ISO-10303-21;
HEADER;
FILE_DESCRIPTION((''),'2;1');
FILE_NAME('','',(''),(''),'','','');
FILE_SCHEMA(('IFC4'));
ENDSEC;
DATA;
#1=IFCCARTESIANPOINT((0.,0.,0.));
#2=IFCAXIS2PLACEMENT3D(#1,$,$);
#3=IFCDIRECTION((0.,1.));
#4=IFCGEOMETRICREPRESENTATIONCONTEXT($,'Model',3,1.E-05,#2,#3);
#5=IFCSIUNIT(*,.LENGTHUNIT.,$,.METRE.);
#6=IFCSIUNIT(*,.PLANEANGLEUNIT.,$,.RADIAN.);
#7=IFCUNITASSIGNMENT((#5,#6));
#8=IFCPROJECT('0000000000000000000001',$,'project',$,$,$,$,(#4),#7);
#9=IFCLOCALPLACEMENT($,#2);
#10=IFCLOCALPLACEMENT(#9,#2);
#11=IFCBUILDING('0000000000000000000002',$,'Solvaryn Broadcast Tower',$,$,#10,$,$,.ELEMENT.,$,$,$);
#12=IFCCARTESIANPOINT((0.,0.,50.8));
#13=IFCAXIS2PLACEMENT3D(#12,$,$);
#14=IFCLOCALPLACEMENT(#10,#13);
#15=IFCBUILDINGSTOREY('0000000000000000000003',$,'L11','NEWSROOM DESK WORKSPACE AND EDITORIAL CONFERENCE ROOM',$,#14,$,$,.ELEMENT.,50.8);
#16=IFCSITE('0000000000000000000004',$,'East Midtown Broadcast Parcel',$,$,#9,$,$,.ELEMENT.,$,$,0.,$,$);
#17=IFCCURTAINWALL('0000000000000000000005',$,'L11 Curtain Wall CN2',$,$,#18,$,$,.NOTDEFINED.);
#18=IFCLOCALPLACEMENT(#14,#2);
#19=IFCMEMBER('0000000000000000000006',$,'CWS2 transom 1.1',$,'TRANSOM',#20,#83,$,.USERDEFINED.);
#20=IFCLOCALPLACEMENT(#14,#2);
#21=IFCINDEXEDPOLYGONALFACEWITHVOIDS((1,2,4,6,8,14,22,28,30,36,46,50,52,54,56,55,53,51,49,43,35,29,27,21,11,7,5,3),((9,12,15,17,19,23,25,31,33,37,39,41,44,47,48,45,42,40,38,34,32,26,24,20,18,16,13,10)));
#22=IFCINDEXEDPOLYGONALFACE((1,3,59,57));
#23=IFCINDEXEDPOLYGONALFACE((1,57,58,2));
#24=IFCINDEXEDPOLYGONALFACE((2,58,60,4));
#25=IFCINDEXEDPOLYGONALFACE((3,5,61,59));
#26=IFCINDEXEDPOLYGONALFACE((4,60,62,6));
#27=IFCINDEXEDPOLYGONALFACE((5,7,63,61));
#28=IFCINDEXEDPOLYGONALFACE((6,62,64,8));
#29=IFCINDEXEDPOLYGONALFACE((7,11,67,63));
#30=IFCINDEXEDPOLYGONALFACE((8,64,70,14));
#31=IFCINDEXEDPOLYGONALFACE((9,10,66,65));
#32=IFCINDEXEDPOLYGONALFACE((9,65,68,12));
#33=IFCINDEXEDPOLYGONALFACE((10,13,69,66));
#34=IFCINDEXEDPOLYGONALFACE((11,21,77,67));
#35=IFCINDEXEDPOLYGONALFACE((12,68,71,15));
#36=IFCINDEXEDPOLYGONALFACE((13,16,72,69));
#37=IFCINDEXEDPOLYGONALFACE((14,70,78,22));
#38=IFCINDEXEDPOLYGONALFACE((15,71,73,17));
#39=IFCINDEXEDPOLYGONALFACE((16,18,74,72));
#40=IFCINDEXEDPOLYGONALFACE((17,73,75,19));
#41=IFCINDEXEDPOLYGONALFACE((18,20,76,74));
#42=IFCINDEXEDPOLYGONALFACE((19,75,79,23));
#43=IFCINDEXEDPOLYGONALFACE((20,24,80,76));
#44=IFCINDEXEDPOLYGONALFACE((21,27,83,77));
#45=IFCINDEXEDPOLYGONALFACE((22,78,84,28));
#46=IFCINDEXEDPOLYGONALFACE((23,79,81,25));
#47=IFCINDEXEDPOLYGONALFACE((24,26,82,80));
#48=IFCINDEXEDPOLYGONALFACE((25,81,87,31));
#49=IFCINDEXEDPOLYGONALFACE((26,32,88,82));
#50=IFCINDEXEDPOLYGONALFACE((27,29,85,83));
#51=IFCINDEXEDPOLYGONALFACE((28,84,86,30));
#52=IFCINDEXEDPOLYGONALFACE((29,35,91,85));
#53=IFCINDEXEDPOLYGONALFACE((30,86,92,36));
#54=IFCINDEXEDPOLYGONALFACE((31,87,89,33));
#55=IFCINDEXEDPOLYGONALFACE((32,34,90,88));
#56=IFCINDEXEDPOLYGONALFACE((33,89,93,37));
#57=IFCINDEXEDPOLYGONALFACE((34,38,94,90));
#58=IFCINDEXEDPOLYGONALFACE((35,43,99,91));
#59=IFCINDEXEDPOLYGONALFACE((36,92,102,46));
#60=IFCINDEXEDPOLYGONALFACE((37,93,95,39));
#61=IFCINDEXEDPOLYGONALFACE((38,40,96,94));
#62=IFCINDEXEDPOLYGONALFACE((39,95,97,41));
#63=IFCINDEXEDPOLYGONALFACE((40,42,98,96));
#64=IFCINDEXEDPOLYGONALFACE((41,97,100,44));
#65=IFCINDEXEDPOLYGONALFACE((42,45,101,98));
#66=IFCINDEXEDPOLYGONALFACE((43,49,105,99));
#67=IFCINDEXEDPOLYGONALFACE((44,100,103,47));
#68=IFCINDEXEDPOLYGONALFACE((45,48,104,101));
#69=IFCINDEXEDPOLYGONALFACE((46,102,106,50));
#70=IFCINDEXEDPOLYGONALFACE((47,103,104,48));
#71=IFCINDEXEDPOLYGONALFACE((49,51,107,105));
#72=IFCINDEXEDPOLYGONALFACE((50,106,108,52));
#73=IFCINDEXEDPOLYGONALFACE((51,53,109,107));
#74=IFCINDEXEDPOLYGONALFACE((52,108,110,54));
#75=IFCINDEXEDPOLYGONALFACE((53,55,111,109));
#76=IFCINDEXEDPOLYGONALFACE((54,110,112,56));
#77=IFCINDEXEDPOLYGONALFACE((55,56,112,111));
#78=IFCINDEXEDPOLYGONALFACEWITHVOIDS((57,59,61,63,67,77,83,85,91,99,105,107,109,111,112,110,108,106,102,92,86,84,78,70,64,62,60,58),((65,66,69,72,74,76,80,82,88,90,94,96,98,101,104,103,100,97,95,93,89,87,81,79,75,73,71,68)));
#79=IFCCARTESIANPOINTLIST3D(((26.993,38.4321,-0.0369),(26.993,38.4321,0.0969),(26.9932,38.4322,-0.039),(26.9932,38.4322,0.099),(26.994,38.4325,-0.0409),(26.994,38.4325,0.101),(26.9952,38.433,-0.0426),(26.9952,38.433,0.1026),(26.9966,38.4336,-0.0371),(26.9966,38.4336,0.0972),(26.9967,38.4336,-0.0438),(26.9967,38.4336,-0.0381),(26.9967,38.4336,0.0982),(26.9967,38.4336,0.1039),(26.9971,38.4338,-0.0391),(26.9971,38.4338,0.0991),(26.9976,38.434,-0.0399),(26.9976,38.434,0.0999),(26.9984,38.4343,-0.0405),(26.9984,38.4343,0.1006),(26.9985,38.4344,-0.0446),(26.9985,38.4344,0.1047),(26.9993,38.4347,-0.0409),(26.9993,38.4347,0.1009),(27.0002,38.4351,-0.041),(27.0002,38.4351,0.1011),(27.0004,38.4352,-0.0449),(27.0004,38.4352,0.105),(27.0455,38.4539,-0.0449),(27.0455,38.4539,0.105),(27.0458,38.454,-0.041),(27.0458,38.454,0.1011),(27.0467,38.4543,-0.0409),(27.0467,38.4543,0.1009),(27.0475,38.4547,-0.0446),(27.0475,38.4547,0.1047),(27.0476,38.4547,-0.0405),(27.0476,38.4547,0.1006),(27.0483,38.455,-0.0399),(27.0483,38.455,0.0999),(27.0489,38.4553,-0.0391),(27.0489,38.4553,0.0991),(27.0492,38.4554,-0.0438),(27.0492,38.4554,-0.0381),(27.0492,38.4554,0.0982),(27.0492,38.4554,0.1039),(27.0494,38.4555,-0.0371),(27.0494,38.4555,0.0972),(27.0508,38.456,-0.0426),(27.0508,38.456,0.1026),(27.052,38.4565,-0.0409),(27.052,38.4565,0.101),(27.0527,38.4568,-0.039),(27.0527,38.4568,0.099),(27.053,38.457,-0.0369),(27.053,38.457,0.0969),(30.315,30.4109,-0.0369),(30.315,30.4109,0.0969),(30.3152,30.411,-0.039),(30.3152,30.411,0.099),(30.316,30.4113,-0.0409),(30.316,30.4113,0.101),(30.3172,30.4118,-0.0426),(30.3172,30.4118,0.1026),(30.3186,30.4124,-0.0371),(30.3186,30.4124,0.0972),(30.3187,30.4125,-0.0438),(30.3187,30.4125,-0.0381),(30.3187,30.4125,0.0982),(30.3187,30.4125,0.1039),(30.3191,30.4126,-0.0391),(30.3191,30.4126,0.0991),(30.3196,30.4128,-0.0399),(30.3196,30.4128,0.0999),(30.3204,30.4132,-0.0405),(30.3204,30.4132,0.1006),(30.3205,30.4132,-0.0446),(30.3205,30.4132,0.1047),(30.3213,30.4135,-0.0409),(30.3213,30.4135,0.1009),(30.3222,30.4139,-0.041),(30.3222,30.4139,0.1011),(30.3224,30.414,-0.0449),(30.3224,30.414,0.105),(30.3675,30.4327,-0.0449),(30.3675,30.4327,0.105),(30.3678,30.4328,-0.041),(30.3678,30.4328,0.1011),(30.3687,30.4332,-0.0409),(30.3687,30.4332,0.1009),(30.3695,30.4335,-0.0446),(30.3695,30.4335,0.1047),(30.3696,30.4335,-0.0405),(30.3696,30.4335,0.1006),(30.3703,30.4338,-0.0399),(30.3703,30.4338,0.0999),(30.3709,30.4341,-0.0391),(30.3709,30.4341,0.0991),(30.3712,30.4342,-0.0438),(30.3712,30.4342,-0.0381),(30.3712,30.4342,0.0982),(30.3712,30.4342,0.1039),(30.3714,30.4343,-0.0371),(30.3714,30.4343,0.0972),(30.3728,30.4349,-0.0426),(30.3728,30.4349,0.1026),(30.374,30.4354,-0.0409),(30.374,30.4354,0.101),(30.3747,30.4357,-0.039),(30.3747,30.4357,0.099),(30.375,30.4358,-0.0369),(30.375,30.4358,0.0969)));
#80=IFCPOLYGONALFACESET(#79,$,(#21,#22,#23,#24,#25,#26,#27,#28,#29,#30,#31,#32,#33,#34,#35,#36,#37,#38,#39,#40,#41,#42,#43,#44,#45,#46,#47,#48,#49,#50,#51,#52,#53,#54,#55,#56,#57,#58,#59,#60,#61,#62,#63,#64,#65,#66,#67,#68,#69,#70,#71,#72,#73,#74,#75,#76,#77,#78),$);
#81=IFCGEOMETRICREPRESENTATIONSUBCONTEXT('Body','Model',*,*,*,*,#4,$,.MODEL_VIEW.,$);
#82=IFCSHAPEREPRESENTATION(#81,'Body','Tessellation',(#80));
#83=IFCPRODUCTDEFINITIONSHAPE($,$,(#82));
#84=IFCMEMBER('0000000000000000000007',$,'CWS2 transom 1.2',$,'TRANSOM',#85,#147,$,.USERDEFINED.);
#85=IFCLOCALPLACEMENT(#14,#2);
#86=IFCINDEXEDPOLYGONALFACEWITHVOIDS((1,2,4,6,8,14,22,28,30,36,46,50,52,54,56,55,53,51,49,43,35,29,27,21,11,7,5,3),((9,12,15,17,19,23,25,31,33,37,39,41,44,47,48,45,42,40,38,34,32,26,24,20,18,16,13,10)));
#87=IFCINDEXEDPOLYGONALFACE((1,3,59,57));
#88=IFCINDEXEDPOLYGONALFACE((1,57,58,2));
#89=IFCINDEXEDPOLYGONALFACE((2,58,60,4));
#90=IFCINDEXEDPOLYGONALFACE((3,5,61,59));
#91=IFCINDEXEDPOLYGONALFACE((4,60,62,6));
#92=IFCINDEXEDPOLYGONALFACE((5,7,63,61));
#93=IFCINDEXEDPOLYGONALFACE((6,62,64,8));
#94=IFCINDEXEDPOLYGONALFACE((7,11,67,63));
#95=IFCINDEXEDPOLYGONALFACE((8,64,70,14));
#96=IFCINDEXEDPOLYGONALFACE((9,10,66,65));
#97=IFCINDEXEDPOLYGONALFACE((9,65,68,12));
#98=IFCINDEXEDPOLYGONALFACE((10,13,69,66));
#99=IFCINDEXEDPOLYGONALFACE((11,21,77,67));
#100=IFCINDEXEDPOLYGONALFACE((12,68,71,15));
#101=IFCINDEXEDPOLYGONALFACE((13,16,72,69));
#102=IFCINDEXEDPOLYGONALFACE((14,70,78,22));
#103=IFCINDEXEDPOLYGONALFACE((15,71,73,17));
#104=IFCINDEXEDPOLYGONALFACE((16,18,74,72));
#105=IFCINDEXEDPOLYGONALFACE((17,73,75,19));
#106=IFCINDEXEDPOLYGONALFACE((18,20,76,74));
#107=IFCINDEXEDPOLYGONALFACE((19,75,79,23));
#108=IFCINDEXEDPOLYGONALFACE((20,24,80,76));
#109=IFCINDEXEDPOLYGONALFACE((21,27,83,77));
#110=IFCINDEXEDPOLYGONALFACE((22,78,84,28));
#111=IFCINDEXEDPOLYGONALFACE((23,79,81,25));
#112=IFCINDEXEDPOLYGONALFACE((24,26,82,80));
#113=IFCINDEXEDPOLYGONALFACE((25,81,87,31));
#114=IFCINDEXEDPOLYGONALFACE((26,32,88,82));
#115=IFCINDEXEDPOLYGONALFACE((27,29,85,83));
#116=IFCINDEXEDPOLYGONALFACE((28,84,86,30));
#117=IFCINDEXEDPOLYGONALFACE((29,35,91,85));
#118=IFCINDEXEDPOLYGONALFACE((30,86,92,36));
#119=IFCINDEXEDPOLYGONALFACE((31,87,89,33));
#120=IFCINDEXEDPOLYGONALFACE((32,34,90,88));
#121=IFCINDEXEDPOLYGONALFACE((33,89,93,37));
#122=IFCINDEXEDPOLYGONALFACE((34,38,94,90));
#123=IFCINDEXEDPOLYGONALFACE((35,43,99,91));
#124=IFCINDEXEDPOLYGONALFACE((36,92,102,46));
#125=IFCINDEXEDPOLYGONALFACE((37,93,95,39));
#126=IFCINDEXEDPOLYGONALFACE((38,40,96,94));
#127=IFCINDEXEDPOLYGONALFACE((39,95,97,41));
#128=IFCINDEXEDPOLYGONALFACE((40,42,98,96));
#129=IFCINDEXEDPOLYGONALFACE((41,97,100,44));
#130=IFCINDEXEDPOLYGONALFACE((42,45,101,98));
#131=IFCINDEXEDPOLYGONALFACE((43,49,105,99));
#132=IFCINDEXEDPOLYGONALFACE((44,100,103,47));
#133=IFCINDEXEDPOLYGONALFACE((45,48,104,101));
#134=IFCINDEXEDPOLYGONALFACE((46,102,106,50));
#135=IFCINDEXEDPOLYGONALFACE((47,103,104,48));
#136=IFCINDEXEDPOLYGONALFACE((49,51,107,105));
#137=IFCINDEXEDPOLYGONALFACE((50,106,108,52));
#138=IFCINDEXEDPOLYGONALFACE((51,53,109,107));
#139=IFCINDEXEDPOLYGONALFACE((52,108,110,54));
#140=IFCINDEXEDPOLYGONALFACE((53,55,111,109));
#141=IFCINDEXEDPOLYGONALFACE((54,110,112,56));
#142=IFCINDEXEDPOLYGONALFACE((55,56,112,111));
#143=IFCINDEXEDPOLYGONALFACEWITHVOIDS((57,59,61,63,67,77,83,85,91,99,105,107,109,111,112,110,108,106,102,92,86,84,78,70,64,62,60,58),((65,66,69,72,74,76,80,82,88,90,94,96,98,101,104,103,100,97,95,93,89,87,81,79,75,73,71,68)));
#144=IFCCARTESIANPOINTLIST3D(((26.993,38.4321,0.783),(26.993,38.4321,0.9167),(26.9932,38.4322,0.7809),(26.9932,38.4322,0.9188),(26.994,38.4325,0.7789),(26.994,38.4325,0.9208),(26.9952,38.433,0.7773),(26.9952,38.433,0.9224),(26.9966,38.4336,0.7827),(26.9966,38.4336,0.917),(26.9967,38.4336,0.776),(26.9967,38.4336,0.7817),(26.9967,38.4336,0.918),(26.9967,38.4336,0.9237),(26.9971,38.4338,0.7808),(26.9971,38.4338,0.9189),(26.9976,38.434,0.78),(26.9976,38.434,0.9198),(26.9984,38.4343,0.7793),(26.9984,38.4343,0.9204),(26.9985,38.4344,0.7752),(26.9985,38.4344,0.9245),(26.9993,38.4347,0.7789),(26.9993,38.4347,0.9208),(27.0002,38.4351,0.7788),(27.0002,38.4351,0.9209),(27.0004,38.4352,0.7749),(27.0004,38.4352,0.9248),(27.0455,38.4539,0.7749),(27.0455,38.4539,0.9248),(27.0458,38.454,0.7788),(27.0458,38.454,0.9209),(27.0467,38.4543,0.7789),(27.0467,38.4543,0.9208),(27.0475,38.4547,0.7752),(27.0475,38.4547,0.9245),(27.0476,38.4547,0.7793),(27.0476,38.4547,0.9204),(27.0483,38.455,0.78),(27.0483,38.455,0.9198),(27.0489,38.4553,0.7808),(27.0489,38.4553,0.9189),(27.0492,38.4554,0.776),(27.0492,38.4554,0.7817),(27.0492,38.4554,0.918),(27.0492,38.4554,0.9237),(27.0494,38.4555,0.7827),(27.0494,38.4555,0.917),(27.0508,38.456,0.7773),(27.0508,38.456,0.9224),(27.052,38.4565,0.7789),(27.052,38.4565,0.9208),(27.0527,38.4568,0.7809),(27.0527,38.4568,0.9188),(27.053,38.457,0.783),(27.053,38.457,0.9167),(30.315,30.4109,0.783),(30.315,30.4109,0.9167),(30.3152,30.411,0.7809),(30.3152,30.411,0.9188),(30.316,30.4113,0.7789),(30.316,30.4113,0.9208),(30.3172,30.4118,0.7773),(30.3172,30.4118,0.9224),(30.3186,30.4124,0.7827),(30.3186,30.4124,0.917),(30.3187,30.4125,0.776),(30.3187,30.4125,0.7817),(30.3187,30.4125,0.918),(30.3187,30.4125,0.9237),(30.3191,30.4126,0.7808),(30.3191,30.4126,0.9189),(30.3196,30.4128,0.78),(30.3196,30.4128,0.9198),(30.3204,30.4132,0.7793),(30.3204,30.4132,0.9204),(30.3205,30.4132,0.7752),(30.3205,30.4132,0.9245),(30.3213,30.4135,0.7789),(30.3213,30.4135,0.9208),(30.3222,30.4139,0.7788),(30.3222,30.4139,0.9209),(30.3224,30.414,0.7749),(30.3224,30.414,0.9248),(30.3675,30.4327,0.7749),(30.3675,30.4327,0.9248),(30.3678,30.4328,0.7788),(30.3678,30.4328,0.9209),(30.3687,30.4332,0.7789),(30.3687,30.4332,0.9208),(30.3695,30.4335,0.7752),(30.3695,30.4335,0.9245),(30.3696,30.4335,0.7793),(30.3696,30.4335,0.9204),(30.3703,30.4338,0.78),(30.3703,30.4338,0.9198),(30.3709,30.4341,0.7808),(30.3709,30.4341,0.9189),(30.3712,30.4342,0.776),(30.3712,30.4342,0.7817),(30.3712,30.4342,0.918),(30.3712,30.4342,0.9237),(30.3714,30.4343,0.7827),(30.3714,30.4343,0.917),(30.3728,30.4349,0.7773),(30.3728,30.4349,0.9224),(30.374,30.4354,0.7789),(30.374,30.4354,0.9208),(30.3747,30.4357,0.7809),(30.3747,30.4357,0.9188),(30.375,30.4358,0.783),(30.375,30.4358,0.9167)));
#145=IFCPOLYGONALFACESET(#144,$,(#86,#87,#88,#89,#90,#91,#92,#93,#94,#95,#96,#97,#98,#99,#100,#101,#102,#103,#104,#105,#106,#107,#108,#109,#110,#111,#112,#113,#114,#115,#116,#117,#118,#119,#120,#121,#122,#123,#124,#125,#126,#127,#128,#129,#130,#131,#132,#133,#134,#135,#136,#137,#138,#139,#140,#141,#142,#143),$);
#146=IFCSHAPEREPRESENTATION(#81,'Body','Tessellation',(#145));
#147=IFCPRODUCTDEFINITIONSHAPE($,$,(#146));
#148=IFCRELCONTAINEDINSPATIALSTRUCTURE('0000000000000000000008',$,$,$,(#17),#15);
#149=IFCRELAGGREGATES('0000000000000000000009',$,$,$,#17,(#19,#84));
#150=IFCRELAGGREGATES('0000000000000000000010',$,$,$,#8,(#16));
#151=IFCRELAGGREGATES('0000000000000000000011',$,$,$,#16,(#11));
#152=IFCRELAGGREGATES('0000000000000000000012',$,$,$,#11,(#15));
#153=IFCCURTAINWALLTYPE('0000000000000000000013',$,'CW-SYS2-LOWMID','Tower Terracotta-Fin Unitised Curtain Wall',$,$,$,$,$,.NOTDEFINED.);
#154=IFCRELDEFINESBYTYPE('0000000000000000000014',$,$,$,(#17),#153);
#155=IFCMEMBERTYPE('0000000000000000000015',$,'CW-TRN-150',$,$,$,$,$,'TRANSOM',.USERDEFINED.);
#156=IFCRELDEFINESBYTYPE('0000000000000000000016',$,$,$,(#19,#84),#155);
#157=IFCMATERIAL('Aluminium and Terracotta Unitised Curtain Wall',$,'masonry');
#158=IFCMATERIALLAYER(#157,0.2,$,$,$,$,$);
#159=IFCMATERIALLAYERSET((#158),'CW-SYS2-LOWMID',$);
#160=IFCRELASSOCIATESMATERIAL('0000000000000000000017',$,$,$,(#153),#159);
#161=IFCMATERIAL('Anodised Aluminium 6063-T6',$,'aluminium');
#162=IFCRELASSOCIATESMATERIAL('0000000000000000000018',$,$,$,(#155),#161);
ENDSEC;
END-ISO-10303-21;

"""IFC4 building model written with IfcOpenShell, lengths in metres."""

from ifc_helpers import new_model, si_unit, direction, frame, origin, origin_2d, place, context, subcontext, project, spatial, hollow_rectangle, extrude, material, layer, layer_set, material_profile, profile_set, type_object, element, aggregate, save


model = new_model("IFC4")

# Units and contexts
model_context = context("Model", 3, precision=1e-05, world=origin(), true_north=direction((0.0, 1.0)))
body_context = subcontext(model_context, "Body", "Model", "MODEL_VIEW")
ifc_project = project(units=[si_unit("LENGTHUNIT", "METRE"), si_unit("PLANEANGLEUNIT", "RADIAN")], contexts=[model_context])

# Site, building, storey
site_placement = place(None, origin())
site = spatial("IfcSite", under=ifc_project, at=site_placement, Name="East Midtown Broadcast Parcel", CompositionType="ELEMENT", RefElevation=0.0)
building_placement = place(site_placement, origin())
building = spatial("IfcBuilding", under=site, at=building_placement, Name="Solvaryn Broadcast Tower", CompositionType="ELEMENT")
storey_placement = place(building_placement, frame((0.0, 0.0, 50.8)))
storey = spatial("IfcBuildingStorey", under=building, at=storey_placement, Name="L11", Description="NEWSROOM DESK WORKSPACE AND EDITORIAL CONFERENCE ROOM", CompositionType="ELEMENT", Elevation=50.8)

# Shared definitions
ifc_material_1 = material(Name="Aluminium and Terracotta Unitised Curtain Wall", Category="masonry")
ifc_layer_1 = layer(ifc_material_1, 0.2)
ifc_layer_set_1 = layer_set([ifc_layer_1], Name="CW-SYS2-LOWMID")
curtain_wall_type = type_object("IfcCurtainWallType", Name="CW-SYS2-LOWMID", Description="Tower Terracotta-Fin Unitised Curtain Wall", PredefinedType="NOTDEFINED", material=ifc_layer_set_1)

# Curtain wall, members
curtain_wall_1_placement = place(storey_placement, origin())
curtain_wall_1 = element("IfcCurtainWall", 1, at=curtain_wall_1_placement, inside=storey, type_object=curtain_wall_type, Name="L11 Curtain Wall CN2", PredefinedType="NOTDEFINED")
ifc_material_2 = material(Name="Anodised Aluminium 6063-T6", Category="aluminium")
ifc_material_profile_1 = material_profile(ifc_material_2, hollow_rectangle(XDim=0.0649, YDim=0.1499, WallThickness=0.0039, InnerFilletRadius=0.0039, OuterFilletRadius=0.0081, at=origin_2d()))
ifc_profile_set_1 = profile_set([ifc_material_profile_1], Name="Anodised Aluminium 6063-T6")
member_type_1 = type_object("IfcMemberType", Name="CW-TRN-150", ElementType="TRANSOM", PredefinedType="USERDEFINED", material=ifc_profile_set_1)
member_1_placement = place(storey_placement, frame((30.345, 30.4233, 0.03), z_axis=(-0.382636, 0.923899, 0.0), x_axis=(-0.923899, -0.382636, 0.0)))
member_1 = element("IfcMember", 2, at=member_1_placement, type_object=member_type_1, Name="CWS2 transom 1.1", ObjectType="TRANSOM", PredefinedType="USERDEFINED", context=body_context, shape_type="SweptSolid", body=[
    extrude(hollow_rectangle(XDim=0.0649, YDim=0.1499, WallThickness=0.0039, InnerFilletRadius=0.0039, OuterFilletRadius=0.0081, at=origin_2d()), origin(), (0.0, 0.0, 1.0), 8.6819),
])
member_2_placement = place(storey_placement, frame((30.345, 30.4233, 0.8499), z_axis=(-0.382636, 0.923899, 0.0), x_axis=(-0.923899, -0.382636, 0.0)))
member_2 = element("IfcMember", 3, at=member_2_placement, type_object=member_type_1, Name="CWS2 transom 1.2", ObjectType="TRANSOM", PredefinedType="USERDEFINED", context=body_context, shape_type="SweptSolid", body=[
    extrude(hollow_rectangle(XDim=0.0649, YDim=0.1499, WallThickness=0.0039, InnerFilletRadius=0.0039, OuterFilletRadius=0.0081, at=origin_2d()), origin(), (0.0, 0.0, 1.0), 8.6819),
])

aggregate(curtain_wall_1, [member_1, member_2])

save(model, "model.ifc")
